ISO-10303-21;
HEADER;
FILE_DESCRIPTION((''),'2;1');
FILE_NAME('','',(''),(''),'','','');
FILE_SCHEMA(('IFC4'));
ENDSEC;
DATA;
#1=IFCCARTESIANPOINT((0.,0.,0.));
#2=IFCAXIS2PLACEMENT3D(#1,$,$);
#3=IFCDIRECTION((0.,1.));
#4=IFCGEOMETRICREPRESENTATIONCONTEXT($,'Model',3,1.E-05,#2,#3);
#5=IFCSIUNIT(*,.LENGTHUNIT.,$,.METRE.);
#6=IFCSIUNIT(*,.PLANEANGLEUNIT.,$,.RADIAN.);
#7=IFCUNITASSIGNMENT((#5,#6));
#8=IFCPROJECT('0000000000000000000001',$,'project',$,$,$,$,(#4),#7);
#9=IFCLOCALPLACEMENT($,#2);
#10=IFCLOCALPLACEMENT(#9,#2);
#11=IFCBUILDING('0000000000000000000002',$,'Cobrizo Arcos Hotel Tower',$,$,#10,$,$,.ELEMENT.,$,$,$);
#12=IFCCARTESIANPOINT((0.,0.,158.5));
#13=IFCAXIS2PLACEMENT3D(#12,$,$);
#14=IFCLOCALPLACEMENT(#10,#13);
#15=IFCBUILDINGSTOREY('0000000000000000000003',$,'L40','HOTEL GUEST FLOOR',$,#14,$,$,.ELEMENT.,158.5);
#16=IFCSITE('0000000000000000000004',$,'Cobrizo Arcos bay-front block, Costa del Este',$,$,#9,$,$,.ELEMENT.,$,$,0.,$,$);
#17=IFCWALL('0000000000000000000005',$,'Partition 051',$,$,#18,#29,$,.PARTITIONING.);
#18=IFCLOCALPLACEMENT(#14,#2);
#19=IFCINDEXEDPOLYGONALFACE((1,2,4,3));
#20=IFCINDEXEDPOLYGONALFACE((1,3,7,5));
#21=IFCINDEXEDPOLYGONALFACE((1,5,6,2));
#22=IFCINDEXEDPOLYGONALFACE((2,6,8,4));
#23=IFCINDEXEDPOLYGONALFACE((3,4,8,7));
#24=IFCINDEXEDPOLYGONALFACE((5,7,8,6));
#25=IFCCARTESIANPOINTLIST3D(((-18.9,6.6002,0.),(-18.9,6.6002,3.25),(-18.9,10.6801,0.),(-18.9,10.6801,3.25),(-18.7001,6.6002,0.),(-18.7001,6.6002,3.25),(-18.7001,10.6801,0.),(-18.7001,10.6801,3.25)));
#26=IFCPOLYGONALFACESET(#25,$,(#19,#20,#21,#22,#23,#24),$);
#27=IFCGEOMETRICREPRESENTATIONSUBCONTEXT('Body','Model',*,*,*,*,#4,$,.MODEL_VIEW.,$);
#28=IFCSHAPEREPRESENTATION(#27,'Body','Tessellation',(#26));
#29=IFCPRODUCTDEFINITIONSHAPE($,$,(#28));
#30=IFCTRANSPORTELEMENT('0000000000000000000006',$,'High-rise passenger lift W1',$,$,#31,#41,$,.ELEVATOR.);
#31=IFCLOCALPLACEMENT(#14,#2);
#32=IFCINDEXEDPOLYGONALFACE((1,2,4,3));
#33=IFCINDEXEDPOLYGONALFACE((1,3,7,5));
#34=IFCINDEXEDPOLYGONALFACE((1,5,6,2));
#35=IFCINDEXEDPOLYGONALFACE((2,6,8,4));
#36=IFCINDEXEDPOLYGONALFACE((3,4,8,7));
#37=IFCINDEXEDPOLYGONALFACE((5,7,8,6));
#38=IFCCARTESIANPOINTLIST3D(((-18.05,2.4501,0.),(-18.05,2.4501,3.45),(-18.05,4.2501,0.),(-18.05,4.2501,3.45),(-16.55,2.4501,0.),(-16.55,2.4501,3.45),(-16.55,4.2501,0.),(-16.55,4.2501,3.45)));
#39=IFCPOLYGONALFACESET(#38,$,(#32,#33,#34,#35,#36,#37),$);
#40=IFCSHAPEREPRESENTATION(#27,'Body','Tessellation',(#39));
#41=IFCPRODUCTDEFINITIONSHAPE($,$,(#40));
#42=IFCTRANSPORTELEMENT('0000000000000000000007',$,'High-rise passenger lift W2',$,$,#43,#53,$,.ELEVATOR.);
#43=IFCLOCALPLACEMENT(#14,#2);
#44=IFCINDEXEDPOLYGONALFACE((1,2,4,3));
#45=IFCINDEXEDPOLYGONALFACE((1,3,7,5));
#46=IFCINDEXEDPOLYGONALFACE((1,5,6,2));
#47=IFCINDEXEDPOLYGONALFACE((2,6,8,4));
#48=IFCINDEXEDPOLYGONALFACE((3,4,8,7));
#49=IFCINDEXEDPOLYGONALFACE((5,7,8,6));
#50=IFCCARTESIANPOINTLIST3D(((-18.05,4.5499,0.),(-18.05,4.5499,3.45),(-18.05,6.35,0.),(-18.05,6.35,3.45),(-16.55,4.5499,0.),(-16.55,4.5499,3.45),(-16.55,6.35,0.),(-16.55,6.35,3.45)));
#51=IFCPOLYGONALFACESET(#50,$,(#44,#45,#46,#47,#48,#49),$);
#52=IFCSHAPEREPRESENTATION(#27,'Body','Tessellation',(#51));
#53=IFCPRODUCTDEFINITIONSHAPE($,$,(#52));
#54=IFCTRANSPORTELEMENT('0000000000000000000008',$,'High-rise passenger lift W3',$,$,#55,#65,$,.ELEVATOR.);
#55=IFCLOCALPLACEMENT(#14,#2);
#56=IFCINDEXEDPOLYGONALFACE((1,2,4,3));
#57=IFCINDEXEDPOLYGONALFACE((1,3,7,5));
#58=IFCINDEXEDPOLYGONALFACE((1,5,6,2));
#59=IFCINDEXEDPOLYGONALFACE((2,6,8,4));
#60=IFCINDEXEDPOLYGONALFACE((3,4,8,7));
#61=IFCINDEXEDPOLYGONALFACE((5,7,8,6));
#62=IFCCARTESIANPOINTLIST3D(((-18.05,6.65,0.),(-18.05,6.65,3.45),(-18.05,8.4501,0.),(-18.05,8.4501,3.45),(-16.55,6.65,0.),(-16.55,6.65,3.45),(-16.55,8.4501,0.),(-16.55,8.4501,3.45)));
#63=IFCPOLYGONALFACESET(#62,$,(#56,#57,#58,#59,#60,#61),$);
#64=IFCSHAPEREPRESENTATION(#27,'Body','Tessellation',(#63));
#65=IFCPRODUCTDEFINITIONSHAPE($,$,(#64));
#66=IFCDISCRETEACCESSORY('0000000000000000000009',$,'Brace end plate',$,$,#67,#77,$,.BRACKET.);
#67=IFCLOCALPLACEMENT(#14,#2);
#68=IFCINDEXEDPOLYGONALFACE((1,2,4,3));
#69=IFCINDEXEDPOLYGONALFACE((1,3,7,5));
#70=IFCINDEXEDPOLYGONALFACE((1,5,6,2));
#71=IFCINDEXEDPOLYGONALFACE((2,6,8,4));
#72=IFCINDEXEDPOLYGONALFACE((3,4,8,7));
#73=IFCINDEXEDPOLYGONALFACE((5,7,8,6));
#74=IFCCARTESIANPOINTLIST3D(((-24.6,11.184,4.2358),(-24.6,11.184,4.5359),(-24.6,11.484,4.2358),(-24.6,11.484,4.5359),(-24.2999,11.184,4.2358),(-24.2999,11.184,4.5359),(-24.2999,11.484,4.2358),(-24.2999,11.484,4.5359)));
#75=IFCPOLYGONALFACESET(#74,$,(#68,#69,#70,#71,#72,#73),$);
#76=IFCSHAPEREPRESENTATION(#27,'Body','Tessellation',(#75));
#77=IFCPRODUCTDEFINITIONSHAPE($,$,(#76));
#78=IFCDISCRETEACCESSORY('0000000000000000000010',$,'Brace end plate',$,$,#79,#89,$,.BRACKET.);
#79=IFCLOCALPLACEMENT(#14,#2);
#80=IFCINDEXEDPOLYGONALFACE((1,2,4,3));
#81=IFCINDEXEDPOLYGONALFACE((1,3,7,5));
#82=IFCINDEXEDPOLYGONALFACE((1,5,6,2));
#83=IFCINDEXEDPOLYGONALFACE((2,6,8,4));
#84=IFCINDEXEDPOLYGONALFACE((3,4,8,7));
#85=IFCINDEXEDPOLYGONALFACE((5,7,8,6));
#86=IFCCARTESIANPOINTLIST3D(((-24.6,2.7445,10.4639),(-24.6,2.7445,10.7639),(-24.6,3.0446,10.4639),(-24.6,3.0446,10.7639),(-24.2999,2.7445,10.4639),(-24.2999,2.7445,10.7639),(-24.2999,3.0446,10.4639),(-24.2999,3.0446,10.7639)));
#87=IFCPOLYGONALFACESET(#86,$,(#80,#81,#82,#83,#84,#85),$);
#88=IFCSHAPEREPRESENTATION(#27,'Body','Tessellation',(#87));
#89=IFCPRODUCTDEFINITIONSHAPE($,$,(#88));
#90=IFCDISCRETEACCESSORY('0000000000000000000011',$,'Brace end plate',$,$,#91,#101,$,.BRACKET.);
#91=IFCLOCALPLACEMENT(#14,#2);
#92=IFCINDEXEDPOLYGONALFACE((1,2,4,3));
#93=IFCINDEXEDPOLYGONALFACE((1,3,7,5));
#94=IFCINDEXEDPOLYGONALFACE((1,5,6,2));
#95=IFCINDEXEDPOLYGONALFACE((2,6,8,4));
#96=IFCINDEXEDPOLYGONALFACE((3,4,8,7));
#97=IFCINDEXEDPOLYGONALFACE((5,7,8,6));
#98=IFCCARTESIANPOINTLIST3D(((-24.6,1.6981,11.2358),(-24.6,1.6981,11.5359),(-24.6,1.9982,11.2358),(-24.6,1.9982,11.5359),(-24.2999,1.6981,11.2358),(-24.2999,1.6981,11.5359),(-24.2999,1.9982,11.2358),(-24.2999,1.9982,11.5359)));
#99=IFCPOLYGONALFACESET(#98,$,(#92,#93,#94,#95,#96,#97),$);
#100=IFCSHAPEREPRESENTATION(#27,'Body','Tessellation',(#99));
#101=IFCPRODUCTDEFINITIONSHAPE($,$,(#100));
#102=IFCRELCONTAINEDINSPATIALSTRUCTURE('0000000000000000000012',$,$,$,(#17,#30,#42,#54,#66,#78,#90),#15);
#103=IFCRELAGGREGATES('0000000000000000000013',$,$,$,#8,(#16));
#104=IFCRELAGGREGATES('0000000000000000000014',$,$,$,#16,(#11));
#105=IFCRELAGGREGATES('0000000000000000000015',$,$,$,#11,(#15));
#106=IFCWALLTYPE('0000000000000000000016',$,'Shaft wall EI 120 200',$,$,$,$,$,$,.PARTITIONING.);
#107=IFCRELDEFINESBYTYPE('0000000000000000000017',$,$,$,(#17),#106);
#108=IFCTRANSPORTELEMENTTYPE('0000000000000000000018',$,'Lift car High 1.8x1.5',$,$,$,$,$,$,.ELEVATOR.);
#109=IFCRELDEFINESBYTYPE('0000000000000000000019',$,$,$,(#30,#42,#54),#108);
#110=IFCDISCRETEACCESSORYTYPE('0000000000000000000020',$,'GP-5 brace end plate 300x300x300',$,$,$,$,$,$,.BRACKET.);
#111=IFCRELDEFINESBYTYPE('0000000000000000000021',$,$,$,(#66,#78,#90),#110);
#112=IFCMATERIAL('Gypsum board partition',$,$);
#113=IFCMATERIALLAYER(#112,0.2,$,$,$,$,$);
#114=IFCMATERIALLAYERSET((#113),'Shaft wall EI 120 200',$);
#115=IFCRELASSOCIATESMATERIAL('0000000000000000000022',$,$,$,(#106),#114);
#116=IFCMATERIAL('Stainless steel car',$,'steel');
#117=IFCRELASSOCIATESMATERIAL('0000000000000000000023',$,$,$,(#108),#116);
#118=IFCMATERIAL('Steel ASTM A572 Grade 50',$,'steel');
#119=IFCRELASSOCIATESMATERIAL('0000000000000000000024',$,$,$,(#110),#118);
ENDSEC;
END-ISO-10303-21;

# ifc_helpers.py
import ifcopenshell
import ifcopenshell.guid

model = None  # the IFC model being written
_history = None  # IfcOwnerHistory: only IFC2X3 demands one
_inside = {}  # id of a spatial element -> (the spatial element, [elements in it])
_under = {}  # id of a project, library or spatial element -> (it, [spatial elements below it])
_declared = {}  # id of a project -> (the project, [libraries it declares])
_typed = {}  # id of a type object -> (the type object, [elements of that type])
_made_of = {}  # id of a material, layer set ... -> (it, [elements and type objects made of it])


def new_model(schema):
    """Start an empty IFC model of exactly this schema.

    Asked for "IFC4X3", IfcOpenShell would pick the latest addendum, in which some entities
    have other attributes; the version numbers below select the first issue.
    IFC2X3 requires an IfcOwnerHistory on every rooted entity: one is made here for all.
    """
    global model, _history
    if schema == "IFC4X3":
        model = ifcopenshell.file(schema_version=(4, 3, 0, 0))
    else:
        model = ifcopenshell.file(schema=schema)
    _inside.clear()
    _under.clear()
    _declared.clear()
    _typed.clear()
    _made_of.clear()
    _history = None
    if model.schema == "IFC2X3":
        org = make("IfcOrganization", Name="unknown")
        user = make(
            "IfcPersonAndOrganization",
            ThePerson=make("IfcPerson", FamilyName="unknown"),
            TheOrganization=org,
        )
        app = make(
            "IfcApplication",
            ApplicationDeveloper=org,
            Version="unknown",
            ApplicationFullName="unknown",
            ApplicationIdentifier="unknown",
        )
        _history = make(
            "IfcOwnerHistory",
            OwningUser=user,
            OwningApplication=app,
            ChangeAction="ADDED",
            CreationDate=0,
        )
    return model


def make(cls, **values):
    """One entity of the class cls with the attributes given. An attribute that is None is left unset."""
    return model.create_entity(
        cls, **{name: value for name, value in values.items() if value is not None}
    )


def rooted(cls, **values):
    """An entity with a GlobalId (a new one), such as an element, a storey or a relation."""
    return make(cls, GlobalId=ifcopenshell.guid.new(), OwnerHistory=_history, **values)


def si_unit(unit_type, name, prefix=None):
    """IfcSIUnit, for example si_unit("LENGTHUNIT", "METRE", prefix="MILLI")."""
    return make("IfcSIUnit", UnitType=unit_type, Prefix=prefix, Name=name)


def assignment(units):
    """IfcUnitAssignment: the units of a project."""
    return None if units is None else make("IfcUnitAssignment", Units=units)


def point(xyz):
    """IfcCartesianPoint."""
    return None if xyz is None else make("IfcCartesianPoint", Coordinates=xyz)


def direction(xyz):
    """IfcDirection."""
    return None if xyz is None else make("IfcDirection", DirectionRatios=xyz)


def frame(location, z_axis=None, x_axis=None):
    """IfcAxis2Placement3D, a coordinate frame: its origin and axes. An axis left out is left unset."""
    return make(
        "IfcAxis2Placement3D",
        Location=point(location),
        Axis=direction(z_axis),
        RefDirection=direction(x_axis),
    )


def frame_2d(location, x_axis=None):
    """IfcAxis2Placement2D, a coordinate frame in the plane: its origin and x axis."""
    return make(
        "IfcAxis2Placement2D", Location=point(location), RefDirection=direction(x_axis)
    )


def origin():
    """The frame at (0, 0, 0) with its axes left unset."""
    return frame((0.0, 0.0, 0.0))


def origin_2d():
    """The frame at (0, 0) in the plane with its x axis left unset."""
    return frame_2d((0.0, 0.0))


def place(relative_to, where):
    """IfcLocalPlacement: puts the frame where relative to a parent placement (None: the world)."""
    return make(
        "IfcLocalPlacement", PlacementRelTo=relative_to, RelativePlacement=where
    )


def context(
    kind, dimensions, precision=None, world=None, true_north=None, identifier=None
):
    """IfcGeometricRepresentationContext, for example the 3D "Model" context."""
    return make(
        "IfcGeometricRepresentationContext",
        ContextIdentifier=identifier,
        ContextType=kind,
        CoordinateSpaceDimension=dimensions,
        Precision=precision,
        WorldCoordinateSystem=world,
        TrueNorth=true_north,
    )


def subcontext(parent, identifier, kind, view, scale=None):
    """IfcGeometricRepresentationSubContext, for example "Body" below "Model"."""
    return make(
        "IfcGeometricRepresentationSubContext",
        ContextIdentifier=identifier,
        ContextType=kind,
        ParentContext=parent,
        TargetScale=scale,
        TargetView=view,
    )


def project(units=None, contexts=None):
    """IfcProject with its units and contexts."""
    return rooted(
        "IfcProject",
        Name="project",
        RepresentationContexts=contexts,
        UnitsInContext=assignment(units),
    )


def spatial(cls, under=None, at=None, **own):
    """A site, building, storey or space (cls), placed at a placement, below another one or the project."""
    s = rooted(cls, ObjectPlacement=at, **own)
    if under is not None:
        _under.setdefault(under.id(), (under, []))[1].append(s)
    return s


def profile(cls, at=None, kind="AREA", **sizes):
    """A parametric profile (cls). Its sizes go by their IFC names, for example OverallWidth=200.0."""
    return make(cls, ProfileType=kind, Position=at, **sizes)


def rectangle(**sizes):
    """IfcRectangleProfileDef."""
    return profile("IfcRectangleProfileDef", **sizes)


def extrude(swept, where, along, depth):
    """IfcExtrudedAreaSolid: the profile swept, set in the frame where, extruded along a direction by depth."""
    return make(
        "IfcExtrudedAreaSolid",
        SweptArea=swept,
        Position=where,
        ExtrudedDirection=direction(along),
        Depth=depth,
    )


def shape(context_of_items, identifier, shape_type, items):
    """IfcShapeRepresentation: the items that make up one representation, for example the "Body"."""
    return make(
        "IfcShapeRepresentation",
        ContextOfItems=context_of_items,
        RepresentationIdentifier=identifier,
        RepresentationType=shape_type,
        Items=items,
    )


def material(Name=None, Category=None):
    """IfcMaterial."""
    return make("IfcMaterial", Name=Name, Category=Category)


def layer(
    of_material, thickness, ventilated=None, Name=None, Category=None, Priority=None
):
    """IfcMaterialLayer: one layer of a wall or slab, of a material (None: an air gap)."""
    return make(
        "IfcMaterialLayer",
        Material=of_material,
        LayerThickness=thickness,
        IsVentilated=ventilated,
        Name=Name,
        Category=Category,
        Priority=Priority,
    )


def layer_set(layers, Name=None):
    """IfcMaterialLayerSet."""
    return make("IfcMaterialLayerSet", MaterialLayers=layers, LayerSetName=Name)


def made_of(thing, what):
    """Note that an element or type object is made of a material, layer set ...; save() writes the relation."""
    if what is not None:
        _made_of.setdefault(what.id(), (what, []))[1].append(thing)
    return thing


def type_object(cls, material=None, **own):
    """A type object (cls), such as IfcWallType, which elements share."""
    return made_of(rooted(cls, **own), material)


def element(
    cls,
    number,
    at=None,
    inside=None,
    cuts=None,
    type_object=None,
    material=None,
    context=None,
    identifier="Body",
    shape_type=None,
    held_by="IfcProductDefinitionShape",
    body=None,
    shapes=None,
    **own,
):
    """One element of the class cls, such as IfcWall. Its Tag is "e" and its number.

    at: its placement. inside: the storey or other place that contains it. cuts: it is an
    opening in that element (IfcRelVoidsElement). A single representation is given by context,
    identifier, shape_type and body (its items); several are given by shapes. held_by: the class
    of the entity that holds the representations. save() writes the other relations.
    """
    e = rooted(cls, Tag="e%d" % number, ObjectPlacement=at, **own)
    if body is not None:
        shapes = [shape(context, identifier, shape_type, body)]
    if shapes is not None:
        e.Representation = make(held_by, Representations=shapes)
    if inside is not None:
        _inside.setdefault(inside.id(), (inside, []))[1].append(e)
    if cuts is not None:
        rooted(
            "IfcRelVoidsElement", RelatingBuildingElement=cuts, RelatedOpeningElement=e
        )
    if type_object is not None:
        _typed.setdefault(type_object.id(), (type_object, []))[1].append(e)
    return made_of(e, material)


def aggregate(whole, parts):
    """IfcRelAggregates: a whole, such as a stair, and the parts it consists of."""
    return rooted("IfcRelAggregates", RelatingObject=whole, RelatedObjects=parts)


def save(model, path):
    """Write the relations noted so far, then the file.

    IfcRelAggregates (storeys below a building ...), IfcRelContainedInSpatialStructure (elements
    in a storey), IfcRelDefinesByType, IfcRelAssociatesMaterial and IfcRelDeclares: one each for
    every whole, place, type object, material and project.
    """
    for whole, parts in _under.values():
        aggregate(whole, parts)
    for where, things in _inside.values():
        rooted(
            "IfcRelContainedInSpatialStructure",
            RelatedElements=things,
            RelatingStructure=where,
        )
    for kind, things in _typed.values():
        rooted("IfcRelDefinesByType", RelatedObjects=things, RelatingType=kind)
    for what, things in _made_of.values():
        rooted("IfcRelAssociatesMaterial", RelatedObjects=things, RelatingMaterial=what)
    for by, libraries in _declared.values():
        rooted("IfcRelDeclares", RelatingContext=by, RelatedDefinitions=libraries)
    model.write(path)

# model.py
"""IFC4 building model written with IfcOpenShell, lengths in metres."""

from ifc_helpers import new_model, si_unit, direction, frame, frame_2d, origin, origin_2d, place, context, subcontext, project, spatial, rectangle, extrude, material, layer, layer_set, type_object, element, save


model = new_model("IFC4")

# Units and contexts
model_context = context("Model", 3, precision=1e-05, world=origin(), true_north=direction((0.0, 1.0)))
body_context = subcontext(model_context, "Body", "Model", "MODEL_VIEW")
ifc_project = project(units=[si_unit("LENGTHUNIT", "METRE"), si_unit("PLANEANGLEUNIT", "RADIAN")], contexts=[model_context])

# Site, building, storey
site_placement = place(None, origin())
site = spatial("IfcSite", under=ifc_project, at=site_placement, Name="Cobrizo Arcos bay-front block, Costa del Este", CompositionType="ELEMENT", RefElevation=0.0)
building_placement = place(site_placement, origin())
building = spatial("IfcBuilding", under=site, at=building_placement, Name="Cobrizo Arcos Hotel Tower", CompositionType="ELEMENT")
storey_placement = place(building_placement, frame((0.0, 0.0, 158.5)))
storey = spatial("IfcBuildingStorey", under=building, at=storey_placement, Name="L40", Description="HOTEL GUEST FLOOR", CompositionType="ELEMENT", Elevation=158.5)

# Shared definitions
ifc_material_1 = material(Name="Steel ASTM A572 Grade 50", Category="steel")

# Shared definitions
ifc_material_2 = material(Name="Gypsum board partition")

# Shared definitions
ifc_layer_1 = layer(ifc_material_2, 0.2)
ifc_layer_set_1 = layer_set([ifc_layer_1], Name="Shaft wall EI 120 200")
wall_type_1 = type_object("IfcWallType", Name="Shaft wall EI 120 200", PredefinedType="PARTITIONING", material=ifc_layer_set_1)

# Wall
wall_1_placement = place(storey_placement, frame((-18.8, 6.6001, 0.0), z_axis=(0.0, 0.0, 1.0), x_axis=(0.0, 1.0, 0.0)))
element("IfcWall", 1, at=wall_1_placement, inside=storey, type_object=wall_type_1, Name="Partition 051", PredefinedType="PARTITIONING", context=body_context, shape_type="SweptSolid", body=[
    extrude(rectangle(XDim=4.0798, YDim=0.2, at=frame_2d((2.04, 0.0))), origin(), (0.0, 0.0, 1.0), 3.25),
])

# Transport elements
ifc_material_3 = material(Name="Stainless steel car", Category="steel")
transport_element_type = type_object("IfcTransportElementType", Name="Lift car High 1.8x1.5", PredefinedType="ELEVATOR", material=ifc_material_3)
for number, where, z_axis, x_axis, name in (
    (2, (-17.3, 3.3501, 0.0), (0.0, 0.0, 1.0), (1.0, 0.0, 0.0), "High-rise passenger lift W1"),
    (3, (-17.3, 5.45, 0.0), (0.0, 0.0, 1.0), (1.0, 0.0, 0.0), "High-rise passenger lift W2"),
    (4, (-17.3, 7.55, 0.0), (0.0, 0.0, 1.0), (1.0, 0.0, 0.0), "High-rise passenger lift W3"),
):
    element("IfcTransportElement", number, at=place(storey_placement, frame(where, z_axis=z_axis, x_axis=x_axis)), inside=storey, type_object=transport_element_type, Name=name, PredefinedType="ELEVATOR", context=body_context, shape_type="SweptSolid", body=[
        extrude(rectangle(XDim=1.5, YDim=1.8, at=origin_2d()), origin(), (0.0, 0.0, 1.0), 3.45),
    ])

# Discrete accessories
discrete_accessory_type = type_object("IfcDiscreteAccessoryType", Name="GP-5 brace end plate 300x300x300", PredefinedType="BRACKET", material=ifc_material_1)
for number, where, z_axis, x_axis, name in (
    (5, (-24.45, 11.334, 4.2358), (0.0, 0.0, 1.0), (1.0, 0.0, 0.0), "Brace end plate"),
    (6, (-24.45, 2.8945, 10.4639), (0.0, 0.0, 1.0), (1.0, 0.0, 0.0), "Brace end plate"),
    (7, (-24.45, 1.8481, 11.2358), (0.0, 0.0, 1.0), (1.0, 0.0, 0.0), "Brace end plate"),
):
    element("IfcDiscreteAccessory", number, at=place(storey_placement, frame(where, z_axis=z_axis, x_axis=x_axis)), inside=storey, type_object=discrete_accessory_type, Name=name, PredefinedType="BRACKET", context=body_context, shape_type="SweptSolid", body=[
        extrude(rectangle(XDim=0.3, YDim=0.3, at=origin_2d()), origin(), (0.0, 0.0, 1.0), 0.3),
    ])

save(model, "model.ifc")
